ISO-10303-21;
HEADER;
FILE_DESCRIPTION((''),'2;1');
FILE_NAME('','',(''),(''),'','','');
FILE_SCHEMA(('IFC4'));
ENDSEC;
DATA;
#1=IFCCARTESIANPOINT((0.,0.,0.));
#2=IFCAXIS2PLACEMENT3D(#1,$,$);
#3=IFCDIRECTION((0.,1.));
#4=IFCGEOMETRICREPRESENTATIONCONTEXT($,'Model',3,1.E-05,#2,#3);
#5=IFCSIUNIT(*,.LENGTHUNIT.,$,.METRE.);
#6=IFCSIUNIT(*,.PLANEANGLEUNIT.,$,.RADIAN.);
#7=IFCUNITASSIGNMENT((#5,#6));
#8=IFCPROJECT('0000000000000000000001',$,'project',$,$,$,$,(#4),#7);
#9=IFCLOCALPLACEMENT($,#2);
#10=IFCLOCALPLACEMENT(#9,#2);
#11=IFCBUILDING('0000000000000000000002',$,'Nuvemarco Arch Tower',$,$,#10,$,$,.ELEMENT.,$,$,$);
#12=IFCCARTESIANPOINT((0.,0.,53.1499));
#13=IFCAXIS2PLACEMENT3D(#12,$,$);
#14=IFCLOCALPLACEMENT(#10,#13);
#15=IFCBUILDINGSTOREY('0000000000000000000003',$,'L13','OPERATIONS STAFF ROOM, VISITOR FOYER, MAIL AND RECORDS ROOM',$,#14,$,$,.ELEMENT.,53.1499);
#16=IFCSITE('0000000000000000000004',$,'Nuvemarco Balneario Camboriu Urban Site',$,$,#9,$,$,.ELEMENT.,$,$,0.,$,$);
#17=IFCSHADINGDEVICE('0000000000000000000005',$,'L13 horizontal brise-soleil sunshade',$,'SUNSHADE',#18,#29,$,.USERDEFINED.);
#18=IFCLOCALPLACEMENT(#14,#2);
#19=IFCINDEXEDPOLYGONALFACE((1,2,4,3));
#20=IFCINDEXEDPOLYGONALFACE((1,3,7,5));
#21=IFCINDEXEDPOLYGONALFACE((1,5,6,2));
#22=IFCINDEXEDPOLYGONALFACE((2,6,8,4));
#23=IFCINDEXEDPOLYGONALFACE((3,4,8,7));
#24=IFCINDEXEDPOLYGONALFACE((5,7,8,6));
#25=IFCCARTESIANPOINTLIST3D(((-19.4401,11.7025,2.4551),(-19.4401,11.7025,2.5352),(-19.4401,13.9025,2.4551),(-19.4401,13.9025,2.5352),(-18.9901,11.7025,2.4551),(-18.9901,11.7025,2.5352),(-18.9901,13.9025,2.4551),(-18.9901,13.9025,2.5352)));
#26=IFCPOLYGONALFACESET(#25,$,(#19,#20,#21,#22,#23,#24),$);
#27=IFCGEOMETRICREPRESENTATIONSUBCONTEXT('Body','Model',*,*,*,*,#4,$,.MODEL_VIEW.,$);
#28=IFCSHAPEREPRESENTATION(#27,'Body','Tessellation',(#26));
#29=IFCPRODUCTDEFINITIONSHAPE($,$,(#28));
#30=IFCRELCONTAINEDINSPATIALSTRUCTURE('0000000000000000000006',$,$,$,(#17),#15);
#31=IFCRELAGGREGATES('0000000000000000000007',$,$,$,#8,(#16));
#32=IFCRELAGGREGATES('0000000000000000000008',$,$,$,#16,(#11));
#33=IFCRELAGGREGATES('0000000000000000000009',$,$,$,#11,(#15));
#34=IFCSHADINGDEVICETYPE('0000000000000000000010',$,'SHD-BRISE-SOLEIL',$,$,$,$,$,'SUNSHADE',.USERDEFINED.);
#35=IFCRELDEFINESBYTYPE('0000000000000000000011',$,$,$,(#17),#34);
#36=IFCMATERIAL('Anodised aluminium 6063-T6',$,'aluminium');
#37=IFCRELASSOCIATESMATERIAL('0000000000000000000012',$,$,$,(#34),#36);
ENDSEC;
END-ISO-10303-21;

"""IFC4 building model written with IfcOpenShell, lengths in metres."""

from ifc_helpers import new_model, si_unit, direction, frame, origin, origin_2d, place, context, subcontext, project, spatial, rectangle, extrude, source, transform, mapped, material, type_object, type_shapes, element, save


model = new_model("IFC4")

# Units and contexts
model_context = context("Model", 3, precision=1e-05, world=origin(), true_north=direction((0.0, 1.0)))
body_context = subcontext(model_context, "Body", "Model", "MODEL_VIEW")
ifc_project = project(units=[si_unit("LENGTHUNIT", "METRE"), si_unit("PLANEANGLEUNIT", "RADIAN")], contexts=[model_context])

# Site, building, storey
site_placement = place(None, origin())
site = spatial("IfcSite", under=ifc_project, at=site_placement, Name="Nuvemarco Balneario Camboriu Urban Site", CompositionType="ELEMENT", RefElevation=0.0)
building_placement = place(site_placement, origin())
building = spatial("IfcBuilding", under=site, at=building_placement, Name="Nuvemarco Arch Tower", CompositionType="ELEMENT")
storey_placement = place(building_placement, frame((0.0, 0.0, 53.1499)))
storey = spatial("IfcBuildingStorey", under=building, at=storey_placement, Name="L13", Description="OPERATIONS STAFF ROOM, VISITOR FOYER, MAIL AND RECORDS ROOM", CompositionType="ELEMENT", Elevation=53.1499)

# Shading device
ifc_material_1 = material(Name="Anodised aluminium 6063-T6", Category="aluminium")
shading_device_type = type_object("IfcShadingDeviceType", Name="SHD-BRISE-SOLEIL", ElementType="SUNSHADE", PredefinedType="USERDEFINED", material=ifc_material_1)
shared_shape_1 = source(origin(), body_context, "Body", "SweptSolid", [
    extrude(rectangle(XDim=2.2, YDim=0.45, at=origin_2d()), origin(), (0.0, 0.0, 1.0), 0.0801),
])
type_shapes(shading_device_type, [shared_shape_1])
shading_device_placement = place(storey_placement, frame((-19.2151, 12.8025, 2.4551), z_axis=(0.0, 0.0, 1.0), x_axis=(0.0, 1.0, 0.0)))
element("IfcShadingDevice", 1, at=shading_device_placement, inside=storey, type_object=shading_device_type, Name="L13 horizontal brise-soleil sunshade", ObjectType="SUNSHADE", PredefinedType="USERDEFINED", context=body_context, shape_type="MappedRepresentation", body=[
    mapped(shared_shape_1, transform((0.0, 0.0, 0.0), scale=1.0)),
])

save(model, "model.ifc")
